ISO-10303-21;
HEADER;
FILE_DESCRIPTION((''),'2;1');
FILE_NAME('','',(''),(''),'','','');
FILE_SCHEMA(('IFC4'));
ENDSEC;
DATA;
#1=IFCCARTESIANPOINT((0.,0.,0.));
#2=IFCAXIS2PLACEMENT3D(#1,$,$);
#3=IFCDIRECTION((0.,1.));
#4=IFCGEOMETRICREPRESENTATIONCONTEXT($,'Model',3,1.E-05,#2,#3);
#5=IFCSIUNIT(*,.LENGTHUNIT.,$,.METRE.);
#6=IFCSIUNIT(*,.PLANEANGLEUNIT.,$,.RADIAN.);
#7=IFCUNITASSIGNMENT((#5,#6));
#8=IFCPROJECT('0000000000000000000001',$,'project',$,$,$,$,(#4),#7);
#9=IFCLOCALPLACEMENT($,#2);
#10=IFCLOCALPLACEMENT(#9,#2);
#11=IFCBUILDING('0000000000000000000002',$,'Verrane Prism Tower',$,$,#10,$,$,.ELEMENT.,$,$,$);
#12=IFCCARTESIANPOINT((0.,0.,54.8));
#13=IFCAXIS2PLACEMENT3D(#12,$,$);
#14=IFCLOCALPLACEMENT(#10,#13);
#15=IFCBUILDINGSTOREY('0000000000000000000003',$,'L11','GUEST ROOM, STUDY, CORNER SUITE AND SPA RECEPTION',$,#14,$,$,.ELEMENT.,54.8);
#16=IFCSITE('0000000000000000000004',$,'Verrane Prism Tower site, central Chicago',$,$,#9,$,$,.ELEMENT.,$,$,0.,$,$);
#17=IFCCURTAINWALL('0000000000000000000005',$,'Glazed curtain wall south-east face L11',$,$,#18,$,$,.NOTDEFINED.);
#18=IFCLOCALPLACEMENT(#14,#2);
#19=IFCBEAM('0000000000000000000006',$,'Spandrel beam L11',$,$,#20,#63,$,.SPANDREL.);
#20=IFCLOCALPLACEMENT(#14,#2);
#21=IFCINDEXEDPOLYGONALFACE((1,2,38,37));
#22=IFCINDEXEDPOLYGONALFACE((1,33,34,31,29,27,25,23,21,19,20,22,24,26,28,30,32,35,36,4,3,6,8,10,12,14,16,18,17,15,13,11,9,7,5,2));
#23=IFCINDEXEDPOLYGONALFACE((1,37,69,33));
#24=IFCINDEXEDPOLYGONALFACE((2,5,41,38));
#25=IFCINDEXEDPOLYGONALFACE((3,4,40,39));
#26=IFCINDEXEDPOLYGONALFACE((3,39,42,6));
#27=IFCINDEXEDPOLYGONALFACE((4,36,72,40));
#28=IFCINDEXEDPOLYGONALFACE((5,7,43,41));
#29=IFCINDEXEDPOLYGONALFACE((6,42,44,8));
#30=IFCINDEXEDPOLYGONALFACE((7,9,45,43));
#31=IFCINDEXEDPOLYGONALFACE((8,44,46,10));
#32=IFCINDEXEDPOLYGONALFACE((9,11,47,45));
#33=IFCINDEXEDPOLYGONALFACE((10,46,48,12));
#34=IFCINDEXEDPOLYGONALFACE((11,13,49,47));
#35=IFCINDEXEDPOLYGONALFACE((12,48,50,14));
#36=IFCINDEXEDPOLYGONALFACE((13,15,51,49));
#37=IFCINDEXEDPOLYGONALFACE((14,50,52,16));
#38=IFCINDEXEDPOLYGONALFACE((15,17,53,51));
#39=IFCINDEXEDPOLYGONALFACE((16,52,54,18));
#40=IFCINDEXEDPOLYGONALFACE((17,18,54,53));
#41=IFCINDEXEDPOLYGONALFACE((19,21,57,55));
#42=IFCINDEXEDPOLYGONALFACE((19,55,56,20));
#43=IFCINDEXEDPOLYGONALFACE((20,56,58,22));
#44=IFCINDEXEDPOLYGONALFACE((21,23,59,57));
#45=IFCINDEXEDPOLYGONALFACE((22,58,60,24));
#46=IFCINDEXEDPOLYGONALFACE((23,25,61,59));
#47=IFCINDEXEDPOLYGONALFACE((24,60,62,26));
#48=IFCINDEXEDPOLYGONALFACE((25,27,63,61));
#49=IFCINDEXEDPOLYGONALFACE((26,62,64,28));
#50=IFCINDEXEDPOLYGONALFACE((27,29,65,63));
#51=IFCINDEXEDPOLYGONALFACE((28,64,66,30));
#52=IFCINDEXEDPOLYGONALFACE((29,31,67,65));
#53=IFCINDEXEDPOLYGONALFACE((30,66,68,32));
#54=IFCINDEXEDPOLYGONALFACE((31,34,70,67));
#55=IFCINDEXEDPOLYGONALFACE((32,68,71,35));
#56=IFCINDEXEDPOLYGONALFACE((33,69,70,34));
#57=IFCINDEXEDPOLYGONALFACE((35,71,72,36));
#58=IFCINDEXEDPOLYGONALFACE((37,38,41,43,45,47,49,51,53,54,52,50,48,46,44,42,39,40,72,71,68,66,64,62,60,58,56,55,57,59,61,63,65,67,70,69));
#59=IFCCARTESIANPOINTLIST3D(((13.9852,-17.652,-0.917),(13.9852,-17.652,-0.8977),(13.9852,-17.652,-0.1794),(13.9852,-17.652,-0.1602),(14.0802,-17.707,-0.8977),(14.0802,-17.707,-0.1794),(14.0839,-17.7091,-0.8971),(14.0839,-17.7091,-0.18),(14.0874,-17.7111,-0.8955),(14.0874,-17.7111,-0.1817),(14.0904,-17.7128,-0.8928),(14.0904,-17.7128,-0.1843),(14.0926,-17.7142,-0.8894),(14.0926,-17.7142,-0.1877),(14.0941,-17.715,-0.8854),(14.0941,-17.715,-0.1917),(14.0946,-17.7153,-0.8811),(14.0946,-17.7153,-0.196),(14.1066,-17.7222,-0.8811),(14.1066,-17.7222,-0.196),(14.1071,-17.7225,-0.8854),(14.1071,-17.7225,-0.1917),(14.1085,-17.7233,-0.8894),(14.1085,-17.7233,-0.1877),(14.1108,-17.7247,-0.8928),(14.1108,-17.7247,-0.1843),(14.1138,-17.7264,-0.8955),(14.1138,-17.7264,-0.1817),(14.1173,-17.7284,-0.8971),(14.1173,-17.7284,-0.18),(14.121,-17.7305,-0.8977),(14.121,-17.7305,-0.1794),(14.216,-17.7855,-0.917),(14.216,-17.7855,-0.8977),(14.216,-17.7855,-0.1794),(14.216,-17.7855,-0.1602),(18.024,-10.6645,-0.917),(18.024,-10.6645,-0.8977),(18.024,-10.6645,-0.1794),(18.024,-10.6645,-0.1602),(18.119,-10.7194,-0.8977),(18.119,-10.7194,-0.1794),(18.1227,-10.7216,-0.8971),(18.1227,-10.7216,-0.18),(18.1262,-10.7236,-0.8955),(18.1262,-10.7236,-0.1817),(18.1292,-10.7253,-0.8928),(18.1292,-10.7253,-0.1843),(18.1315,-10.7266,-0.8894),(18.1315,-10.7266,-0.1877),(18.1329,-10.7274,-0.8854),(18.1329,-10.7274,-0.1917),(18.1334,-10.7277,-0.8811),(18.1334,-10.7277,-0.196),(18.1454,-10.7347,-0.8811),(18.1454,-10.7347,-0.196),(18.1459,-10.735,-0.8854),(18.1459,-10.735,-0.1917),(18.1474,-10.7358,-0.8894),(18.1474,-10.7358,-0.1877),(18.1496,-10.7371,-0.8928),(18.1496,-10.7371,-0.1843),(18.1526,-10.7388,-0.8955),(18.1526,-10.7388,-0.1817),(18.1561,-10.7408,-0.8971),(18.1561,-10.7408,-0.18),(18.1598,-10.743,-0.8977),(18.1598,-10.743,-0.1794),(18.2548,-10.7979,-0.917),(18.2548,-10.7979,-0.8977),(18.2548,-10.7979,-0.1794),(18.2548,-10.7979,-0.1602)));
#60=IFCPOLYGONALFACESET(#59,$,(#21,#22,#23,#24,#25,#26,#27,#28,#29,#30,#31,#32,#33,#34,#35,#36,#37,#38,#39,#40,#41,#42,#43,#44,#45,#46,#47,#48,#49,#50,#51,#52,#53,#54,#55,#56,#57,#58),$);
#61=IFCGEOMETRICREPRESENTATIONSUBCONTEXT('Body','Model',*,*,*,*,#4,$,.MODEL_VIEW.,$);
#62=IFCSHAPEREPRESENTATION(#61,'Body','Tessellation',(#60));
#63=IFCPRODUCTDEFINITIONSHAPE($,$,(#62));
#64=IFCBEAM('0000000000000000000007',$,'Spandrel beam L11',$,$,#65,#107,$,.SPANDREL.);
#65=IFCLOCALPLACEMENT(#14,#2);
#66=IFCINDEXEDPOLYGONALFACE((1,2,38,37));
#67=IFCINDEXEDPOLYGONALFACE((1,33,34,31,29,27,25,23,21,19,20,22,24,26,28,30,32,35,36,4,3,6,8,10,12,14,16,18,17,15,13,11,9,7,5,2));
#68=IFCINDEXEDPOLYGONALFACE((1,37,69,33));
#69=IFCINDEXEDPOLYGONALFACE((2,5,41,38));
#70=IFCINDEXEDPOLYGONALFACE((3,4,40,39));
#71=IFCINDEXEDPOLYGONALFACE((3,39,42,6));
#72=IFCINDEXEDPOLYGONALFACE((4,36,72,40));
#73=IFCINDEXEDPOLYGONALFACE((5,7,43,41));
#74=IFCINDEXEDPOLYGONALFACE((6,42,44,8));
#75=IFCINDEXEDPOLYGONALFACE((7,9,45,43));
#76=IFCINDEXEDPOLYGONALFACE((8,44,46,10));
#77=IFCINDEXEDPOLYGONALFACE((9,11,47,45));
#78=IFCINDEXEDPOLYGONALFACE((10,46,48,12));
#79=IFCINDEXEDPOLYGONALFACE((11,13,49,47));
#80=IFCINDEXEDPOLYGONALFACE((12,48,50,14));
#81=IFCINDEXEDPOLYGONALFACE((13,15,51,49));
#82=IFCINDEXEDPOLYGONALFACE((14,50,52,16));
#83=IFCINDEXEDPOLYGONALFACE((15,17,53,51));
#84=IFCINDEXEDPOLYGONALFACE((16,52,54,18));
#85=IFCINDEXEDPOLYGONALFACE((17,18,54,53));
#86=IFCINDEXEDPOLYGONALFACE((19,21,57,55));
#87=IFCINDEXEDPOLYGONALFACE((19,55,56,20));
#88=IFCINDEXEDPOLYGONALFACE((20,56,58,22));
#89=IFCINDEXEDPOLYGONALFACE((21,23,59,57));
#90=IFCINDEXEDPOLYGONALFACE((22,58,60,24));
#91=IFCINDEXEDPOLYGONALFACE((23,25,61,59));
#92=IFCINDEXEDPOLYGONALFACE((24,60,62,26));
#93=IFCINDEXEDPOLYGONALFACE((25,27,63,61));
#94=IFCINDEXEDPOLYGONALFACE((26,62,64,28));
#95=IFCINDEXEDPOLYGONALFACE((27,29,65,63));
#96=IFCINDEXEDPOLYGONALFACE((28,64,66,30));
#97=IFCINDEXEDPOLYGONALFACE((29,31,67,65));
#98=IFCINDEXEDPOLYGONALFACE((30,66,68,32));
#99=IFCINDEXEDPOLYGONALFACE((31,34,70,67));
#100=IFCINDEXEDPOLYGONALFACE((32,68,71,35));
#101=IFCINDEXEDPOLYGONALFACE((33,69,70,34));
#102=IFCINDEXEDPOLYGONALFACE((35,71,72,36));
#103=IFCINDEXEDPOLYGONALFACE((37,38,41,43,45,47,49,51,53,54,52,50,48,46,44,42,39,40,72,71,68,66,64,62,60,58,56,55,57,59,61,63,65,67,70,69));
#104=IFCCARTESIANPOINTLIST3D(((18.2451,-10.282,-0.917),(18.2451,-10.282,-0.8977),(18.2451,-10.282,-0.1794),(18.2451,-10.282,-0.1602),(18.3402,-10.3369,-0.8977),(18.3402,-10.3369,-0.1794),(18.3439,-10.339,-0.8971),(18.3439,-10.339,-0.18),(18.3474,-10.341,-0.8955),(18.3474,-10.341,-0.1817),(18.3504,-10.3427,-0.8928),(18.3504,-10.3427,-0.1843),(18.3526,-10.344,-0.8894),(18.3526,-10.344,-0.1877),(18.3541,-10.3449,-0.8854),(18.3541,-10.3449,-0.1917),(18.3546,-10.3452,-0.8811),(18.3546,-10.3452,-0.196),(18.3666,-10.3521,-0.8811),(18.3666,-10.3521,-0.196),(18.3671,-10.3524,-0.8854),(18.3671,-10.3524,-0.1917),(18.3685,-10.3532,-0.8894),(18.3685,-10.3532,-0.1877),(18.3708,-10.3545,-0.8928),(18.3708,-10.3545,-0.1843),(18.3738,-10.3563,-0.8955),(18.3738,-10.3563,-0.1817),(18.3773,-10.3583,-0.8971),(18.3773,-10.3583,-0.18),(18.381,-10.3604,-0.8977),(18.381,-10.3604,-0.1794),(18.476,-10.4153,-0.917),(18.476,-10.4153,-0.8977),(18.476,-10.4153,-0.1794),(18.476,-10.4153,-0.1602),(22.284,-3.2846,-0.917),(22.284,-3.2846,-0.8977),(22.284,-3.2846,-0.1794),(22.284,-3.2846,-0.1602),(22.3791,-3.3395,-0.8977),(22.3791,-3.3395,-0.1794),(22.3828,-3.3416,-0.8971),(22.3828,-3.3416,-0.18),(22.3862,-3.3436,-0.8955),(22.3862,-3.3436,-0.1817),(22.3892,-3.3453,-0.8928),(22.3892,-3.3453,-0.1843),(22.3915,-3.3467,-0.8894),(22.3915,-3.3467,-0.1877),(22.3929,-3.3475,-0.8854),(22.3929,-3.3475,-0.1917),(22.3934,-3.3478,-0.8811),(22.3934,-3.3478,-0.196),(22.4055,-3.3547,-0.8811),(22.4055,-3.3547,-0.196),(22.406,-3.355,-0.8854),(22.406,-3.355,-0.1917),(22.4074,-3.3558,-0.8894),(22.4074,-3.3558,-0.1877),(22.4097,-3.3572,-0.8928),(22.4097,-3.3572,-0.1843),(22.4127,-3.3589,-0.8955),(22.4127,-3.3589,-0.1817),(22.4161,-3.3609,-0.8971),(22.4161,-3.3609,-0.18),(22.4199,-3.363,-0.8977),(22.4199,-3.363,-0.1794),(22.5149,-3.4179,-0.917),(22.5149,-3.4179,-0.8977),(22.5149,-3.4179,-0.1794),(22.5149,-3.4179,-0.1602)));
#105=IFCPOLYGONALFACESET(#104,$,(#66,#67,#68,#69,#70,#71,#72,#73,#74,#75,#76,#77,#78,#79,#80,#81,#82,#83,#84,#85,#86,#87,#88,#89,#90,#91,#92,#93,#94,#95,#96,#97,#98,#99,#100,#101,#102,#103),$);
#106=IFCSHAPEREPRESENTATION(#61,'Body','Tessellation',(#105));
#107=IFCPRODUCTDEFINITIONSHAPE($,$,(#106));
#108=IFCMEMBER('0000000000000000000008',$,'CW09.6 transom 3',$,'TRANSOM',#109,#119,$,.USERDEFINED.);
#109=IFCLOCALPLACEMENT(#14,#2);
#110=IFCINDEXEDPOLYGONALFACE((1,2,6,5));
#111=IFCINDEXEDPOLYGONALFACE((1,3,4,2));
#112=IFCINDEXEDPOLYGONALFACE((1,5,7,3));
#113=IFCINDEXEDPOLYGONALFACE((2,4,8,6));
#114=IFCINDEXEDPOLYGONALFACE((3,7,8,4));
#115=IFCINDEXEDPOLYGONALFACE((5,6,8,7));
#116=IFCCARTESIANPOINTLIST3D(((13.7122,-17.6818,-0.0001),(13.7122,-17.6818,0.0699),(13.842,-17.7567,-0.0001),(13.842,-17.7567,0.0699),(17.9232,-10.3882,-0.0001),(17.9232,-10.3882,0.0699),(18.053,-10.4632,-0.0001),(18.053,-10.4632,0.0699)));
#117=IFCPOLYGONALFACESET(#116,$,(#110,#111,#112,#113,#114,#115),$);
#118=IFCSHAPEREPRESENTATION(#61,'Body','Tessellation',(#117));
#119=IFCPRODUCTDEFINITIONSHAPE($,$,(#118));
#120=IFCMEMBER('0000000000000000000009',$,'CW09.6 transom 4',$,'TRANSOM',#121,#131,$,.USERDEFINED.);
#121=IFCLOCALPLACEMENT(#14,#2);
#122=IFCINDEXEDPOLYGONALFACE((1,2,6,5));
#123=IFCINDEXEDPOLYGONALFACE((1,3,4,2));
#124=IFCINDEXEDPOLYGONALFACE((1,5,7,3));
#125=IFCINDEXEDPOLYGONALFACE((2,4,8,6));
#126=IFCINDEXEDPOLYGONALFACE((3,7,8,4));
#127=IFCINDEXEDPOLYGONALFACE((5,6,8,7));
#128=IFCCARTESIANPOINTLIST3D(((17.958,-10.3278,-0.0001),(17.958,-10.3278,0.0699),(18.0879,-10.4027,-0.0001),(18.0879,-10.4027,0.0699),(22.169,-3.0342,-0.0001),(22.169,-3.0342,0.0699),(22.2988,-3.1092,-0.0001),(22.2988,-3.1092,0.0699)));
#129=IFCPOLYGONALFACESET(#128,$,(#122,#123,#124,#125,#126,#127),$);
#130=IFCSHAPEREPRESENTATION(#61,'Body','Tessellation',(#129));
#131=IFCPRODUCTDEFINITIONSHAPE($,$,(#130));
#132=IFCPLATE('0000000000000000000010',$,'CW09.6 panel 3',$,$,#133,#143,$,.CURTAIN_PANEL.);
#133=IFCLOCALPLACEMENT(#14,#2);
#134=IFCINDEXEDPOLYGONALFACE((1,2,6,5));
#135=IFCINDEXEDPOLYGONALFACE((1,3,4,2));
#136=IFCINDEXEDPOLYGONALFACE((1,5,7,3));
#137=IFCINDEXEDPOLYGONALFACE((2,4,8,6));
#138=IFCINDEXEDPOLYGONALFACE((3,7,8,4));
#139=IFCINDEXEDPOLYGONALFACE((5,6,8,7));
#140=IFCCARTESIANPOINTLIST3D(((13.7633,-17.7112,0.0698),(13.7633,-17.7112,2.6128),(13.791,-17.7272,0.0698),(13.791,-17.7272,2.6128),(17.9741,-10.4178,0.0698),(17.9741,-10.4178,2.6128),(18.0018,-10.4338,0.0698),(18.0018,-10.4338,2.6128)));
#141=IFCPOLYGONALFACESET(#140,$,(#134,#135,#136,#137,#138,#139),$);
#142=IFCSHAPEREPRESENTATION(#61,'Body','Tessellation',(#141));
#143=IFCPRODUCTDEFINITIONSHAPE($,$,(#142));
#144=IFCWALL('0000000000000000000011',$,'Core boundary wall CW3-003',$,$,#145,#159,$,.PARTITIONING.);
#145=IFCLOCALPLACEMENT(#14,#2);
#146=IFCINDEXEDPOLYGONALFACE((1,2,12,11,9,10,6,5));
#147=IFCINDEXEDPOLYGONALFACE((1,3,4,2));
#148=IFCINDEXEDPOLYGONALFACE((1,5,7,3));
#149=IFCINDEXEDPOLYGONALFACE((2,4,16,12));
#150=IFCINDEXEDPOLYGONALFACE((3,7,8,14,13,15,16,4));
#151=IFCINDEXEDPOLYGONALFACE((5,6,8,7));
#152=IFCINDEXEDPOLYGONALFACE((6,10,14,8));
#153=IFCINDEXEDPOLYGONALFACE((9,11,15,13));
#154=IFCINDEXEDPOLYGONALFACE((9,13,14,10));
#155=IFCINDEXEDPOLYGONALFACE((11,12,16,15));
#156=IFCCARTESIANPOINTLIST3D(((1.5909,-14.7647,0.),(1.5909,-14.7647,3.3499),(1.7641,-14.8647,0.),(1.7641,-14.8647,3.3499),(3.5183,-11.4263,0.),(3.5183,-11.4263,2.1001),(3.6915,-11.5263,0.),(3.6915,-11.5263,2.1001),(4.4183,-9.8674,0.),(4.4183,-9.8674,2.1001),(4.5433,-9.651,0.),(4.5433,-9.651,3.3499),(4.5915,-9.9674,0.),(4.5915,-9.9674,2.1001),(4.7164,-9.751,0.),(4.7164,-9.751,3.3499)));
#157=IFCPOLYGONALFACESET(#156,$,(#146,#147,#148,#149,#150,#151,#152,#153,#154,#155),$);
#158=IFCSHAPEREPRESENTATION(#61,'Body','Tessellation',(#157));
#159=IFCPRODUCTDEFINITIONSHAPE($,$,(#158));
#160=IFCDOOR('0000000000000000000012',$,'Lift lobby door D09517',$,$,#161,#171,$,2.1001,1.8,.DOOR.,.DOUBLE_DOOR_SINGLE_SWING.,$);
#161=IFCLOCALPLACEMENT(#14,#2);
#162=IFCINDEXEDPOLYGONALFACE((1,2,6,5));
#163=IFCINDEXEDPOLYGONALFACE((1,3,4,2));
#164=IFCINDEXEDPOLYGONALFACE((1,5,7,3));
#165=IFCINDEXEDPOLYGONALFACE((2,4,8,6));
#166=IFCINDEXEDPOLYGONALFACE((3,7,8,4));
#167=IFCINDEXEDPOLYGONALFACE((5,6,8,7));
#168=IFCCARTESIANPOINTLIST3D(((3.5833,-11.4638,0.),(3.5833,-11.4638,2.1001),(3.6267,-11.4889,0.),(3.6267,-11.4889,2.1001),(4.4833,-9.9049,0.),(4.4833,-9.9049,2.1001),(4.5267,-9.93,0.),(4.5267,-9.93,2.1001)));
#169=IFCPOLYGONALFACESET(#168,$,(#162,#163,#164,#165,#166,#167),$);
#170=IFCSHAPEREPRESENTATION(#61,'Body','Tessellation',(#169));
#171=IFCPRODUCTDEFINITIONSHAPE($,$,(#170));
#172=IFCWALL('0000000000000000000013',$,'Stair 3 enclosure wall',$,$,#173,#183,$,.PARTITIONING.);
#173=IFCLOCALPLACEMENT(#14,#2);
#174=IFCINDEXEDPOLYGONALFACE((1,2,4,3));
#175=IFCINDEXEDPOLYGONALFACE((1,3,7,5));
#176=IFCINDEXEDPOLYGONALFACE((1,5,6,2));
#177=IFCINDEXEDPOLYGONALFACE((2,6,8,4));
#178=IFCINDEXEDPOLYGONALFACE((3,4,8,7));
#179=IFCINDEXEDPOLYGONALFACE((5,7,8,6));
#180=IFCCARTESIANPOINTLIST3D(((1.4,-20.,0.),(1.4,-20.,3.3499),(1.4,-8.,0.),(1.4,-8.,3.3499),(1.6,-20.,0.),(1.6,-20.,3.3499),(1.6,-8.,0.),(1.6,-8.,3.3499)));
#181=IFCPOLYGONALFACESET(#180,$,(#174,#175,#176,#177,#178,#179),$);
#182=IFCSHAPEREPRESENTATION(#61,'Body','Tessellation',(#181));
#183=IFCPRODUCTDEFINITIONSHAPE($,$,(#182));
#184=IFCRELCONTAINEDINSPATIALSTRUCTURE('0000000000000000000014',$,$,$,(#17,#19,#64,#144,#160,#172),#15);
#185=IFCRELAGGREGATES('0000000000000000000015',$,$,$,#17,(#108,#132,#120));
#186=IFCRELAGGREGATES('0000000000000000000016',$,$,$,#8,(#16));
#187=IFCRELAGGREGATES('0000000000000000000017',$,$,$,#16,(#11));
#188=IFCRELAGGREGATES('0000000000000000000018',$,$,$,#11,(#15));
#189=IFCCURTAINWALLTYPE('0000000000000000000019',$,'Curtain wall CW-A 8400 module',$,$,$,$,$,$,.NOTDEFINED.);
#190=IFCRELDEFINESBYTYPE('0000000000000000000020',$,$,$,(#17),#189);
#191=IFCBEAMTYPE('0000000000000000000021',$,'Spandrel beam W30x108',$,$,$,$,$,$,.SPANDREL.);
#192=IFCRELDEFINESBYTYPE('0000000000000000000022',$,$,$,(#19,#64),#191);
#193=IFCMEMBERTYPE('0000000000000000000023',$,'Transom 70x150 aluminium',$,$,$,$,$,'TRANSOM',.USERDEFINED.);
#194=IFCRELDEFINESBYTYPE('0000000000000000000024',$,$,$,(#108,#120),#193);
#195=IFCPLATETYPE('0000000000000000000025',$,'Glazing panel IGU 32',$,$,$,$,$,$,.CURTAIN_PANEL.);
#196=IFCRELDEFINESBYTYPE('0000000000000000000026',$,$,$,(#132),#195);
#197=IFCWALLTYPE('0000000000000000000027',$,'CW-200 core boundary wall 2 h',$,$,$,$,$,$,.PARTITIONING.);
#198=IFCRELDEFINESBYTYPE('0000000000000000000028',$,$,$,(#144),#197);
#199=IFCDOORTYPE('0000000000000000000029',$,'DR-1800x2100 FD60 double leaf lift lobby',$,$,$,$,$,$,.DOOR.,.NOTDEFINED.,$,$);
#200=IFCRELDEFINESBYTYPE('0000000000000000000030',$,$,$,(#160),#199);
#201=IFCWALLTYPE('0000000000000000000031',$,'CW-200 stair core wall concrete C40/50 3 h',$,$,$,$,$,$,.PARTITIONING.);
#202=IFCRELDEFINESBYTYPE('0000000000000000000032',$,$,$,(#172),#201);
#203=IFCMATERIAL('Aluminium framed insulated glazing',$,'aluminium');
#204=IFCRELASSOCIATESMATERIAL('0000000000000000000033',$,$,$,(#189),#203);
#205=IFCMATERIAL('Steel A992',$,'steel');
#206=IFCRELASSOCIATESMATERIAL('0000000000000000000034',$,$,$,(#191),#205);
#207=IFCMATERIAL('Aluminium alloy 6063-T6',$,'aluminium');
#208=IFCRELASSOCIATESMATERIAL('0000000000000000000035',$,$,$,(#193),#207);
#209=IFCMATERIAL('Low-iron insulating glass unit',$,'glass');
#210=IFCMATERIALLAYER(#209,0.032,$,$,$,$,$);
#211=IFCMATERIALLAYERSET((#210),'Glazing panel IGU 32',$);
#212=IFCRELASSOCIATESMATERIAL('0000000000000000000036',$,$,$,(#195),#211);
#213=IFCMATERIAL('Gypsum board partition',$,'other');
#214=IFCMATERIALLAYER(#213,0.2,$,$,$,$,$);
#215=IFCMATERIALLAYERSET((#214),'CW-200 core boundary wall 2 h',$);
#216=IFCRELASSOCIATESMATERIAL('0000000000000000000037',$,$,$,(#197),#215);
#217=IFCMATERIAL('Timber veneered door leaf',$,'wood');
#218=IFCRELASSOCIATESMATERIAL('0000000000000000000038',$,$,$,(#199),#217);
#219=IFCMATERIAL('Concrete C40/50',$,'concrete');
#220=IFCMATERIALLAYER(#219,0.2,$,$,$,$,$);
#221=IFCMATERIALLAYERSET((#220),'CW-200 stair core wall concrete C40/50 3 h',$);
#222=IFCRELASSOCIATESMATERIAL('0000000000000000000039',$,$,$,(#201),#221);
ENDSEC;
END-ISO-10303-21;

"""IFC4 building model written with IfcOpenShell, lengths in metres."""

from ifc_helpers import new_model, si_unit, direction, frame, frame_2d, origin, origin_2d, place, context, subcontext, project, spatial, rectangle, i_section, extrude, material, layer, layer_set, material_profile, profile_set, type_object, element, fill, aggregate, save


model = new_model("IFC4")

# Units and contexts
model_context = context("Model", 3, precision=1e-05, world=origin(), true_north=direction((0.0, 1.0)))
body_context = subcontext(model_context, "Body", "Model", "MODEL_VIEW")
ifc_project = project(units=[si_unit("LENGTHUNIT", "METRE"), si_unit("PLANEANGLEUNIT", "RADIAN")], contexts=[model_context])

# Site, building, storey
site_placement = place(None, origin())
site = spatial("IfcSite", under=ifc_project, at=site_placement, Name="Verrane Prism Tower site, central Chicago", CompositionType="ELEMENT", RefElevation=0.0)
building_placement = place(site_placement, origin())
building = spatial("IfcBuilding", under=site, at=building_placement, Name="Verrane Prism Tower", CompositionType="ELEMENT")
storey_placement = place(building_placement, frame((0.0, 0.0, 54.8)))
storey = spatial("IfcBuildingStorey", under=building, at=storey_placement, Name="L11", Description="GUEST ROOM, STUDY, CORNER SUITE AND SPA RECEPTION", CompositionType="ELEMENT", Elevation=54.8)

# Curtain wall
ifc_material_1 = material(Name="Aluminium framed insulated glazing", Category="aluminium")
curtain_wall_type = type_object("IfcCurtainWallType", Name="Curtain wall CW-A 8400 module", PredefinedType="NOTDEFINED", material=ifc_material_1)
curtain_wall_placement = place(storey_placement, origin())
curtain_wall = element("IfcCurtainWall", 1, at=curtain_wall_placement, inside=storey, type_object=curtain_wall_type, Name="Glazed curtain wall south-east face L11", PredefinedType="NOTDEFINED")

# Beams
ifc_material_2 = material(Name="Steel A992", Category="steel")
ifc_material_profile_1 = material_profile(ifc_material_2, i_section(OverallWidth=0.2666, OverallDepth=0.7568, WebThickness=0.0139, FlangeThickness=0.0193, FilletRadius=0.0166, at=origin_2d()), Name="W30x108")
ifc_profile_set_1 = profile_set([ifc_material_profile_1], Name="Steel A992")
beam_type_1 = type_object("IfcBeamType", Name="Spandrel beam W30x108", PredefinedType="SPANDREL", material=ifc_profile_set_1)
beam_1_placement = place(storey_placement, frame((14.1006, -17.7188, -0.5386), z_axis=(0.500423, 0.865781, 0.0), x_axis=(-0.865781, 0.500423, 0.0)))
element("IfcBeam", 2, at=beam_1_placement, inside=storey, type_object=beam_type_1, Name="Spandrel beam L11", PredefinedType="SPANDREL", context=body_context, shape_type="SweptSolid", body=[
    extrude(i_section(OverallWidth=0.2666, OverallDepth=0.7568, WebThickness=0.0139, FlangeThickness=0.0193, FilletRadius=0.0166, at=origin_2d()), origin(), (0.0, 0.0, 1.0), 8.0708),
])
beam_2_placement = place(storey_placement, frame((18.3606, -10.3486, -0.5386), z_axis=(0.499899, 0.866083, 0.0), x_axis=(-0.866083, 0.499899, 0.0)))
element("IfcBeam", 3, at=beam_2_placement, inside=storey, type_object=beam_type_1, Name="Spandrel beam L11", PredefinedType="SPANDREL", context=body_context, shape_type="SweptSolid", body=[
    extrude(i_section(OverallWidth=0.2666, OverallDepth=0.7568, WebThickness=0.0139, FlangeThickness=0.0193, FilletRadius=0.0166, at=origin_2d()), origin(), (0.0, 0.0, 1.0), 8.0793),
])

# Members
ifc_material_3 = material(Name="Aluminium alloy 6063-T6", Category="aluminium")
ifc_material_profile_2 = material_profile(ifc_material_3, rectangle(XDim=0.1499, YDim=0.0701, at=origin_2d()), Name="Transom 70x150 aluminium")
ifc_profile_set_2 = profile_set([ifc_material_profile_2], Name="Aluminium alloy 6063-T6")
member_type_1 = type_object("IfcMemberType", Name="Transom 70x150 aluminium", ElementType="TRANSOM", PredefinedType="USERDEFINED", material=ifc_profile_set_2)
member_1_placement = place(storey_placement, frame((13.7771, -17.7192, 0.0349), z_axis=(0.500005, 0.866022, 0.0), x_axis=(-0.866022, 0.500005, 0.0)))
member_1 = element("IfcMember", 4, at=member_1_placement, type_object=member_type_1, Name="CW09.6 transom 3", ObjectType="TRANSOM", PredefinedType="USERDEFINED", context=body_context, shape_type="SweptSolid", body=[
    extrude(rectangle(XDim=0.1499, YDim=0.0701, at=origin_2d()), origin(), (0.0, 0.0, 1.0), 8.4219),
])
member_2_placement = place(storey_placement, frame((18.0229, -10.3652, 0.0349), z_axis=(0.500005, 0.866022, 0.0), x_axis=(-0.866022, 0.500005, 0.0)))
member_2 = element("IfcMember", 5, at=member_2_placement, type_object=member_type_1, Name="CW09.6 transom 4", ObjectType="TRANSOM", PredefinedType="USERDEFINED", context=body_context, shape_type="SweptSolid", body=[
    extrude(rectangle(XDim=0.1499, YDim=0.0701, at=origin_2d()), origin(), (0.0, 0.0, 1.0), 8.4219),
])

# Plate
ifc_material_4 = material(Name="Low-iron insulating glass unit", Category="glass")
ifc_layer_1 = layer(ifc_material_4, 0.032)
ifc_layer_set_1 = layer_set([ifc_layer_1], Name="Glazing panel IGU 32")
plate_type = type_object("IfcPlateType", Name="Glazing panel IGU 32", PredefinedType="CURTAIN_PANEL", material=ifc_layer_set_1)
plate_placement = place(storey_placement, frame((15.8826, -14.0725, 0.0698), z_axis=(0.0, 0.0, 1.0), x_axis=(0.499999, 0.866026, 0.0)))
plate = element("IfcPlate", 6, at=plate_placement, type_object=plate_type, Name="CW09.6 panel 3", PredefinedType="CURTAIN_PANEL", context=body_context, shape_type="SweptSolid", body=[
    extrude(rectangle(XDim=8.4216, YDim=0.032, at=origin_2d()), origin(), (0.0, 0.0, 1.0), 2.543),
])
aggregate(curtain_wall, [member_1, plate, member_2])

# Wall, opening, door
ifc_material_5 = material(Name="Gypsum board partition", Category="other")
ifc_layer_2 = layer(ifc_material_5, 0.2)
ifc_layer_set_2 = layer_set([ifc_layer_2], Name="CW-200 core boundary wall 2 h")
wall_type_1 = type_object("IfcWallType", Name="CW-200 core boundary wall 2 h", PredefinedType="PARTITIONING", material=ifc_layer_set_2)
wall_1_placement = place(storey_placement, frame((1.6775, -14.8147, 0.0), z_axis=(0.0, 0.0, 1.0), x_axis=(0.499994, 0.866029, 0.0)))
wall_1 = element("IfcWall", 7, at=wall_1_placement, inside=storey, type_object=wall_type_1, Name="Core boundary wall CW3-003", PredefinedType="PARTITIONING", context=body_context, shape_type="SweptSolid", body=[
    extrude(rectangle(XDim=5.9048, YDim=0.2, at=frame_2d((2.9524, 0.0))), origin(), (0.0, 0.0, 1.0), 3.3499),
])
opening_1_placement = place(wall_1_placement, frame((3.855, 0.0, 0.0)))
opening_1 = element("IfcOpeningElement", 8, at=opening_1_placement, cuts=wall_1, PredefinedType="OPENING", context=body_context, shape_type="SweptSolid", body=[
    extrude(rectangle(XDim=1.8, YDim=2.1001, at=frame_2d((0.8999, 1.05))), frame((0.0, 0.1099, 0.0), z_axis=(0.0, -1.0, 0.0), x_axis=(1.0, 0.0, 0.0)), (0.0, 0.0, 1.0), 0.22),
])
ifc_material_6 = material(Name="Timber veneered door leaf", Category="wood")
door_type_1 = type_object("IfcDoorType", Name="DR-1800x2100 FD60 double leaf lift lobby", OperationType="NOTDEFINED", PredefinedType="DOOR", material=ifc_material_6)
door_1_placement = place(opening_1_placement, origin())
door_1 = element("IfcDoor", 9, at=door_1_placement, inside=storey, type_object=door_type_1, Name="Lift lobby door D09517", OperationType="DOUBLE_DOOR_SINGLE_SWING", OverallHeight=2.1001, OverallWidth=1.8, PredefinedType="DOOR", context=body_context, shape_type="SweptSolid", body=[
    extrude(rectangle(XDim=1.8, YDim=2.1001, at=frame_2d((0.8999, 1.05))), frame((0.0, 0.0249, 0.0), z_axis=(0.0, -1.0, 0.0), x_axis=(1.0, 0.0, 0.0)), (0.0, 0.0, 1.0), 0.05),
])
fill(opening_1, door_1)

# Wall
ifc_material_7 = material(Name="Concrete C40/50", Category="concrete")
ifc_layer_3 = layer(ifc_material_7, 0.2)
ifc_layer_set_3 = layer_set([ifc_layer_3], Name="CW-200 stair core wall concrete C40/50 3 h")
wall_type_2 = type_object("IfcWallType", Name="CW-200 stair core wall concrete C40/50 3 h", PredefinedType="PARTITIONING", material=ifc_layer_set_3)
wall_2_placement = place(storey_placement, frame((1.5, -8.0, 0.0), z_axis=(0.0, 0.0, 1.0), x_axis=(0.0, -1.0, 0.0)))
element("IfcWall", 10, at=wall_2_placement, inside=storey, type_object=wall_type_2, Name="Stair 3 enclosure wall", PredefinedType="PARTITIONING", context=body_context, shape_type="SweptSolid", body=[
    extrude(rectangle(XDim=12.0, YDim=0.2, at=frame_2d((6.0, 0.0))), origin(), (0.0, 0.0, 1.0), 3.3499),
])

save(model, "model.ifc")
